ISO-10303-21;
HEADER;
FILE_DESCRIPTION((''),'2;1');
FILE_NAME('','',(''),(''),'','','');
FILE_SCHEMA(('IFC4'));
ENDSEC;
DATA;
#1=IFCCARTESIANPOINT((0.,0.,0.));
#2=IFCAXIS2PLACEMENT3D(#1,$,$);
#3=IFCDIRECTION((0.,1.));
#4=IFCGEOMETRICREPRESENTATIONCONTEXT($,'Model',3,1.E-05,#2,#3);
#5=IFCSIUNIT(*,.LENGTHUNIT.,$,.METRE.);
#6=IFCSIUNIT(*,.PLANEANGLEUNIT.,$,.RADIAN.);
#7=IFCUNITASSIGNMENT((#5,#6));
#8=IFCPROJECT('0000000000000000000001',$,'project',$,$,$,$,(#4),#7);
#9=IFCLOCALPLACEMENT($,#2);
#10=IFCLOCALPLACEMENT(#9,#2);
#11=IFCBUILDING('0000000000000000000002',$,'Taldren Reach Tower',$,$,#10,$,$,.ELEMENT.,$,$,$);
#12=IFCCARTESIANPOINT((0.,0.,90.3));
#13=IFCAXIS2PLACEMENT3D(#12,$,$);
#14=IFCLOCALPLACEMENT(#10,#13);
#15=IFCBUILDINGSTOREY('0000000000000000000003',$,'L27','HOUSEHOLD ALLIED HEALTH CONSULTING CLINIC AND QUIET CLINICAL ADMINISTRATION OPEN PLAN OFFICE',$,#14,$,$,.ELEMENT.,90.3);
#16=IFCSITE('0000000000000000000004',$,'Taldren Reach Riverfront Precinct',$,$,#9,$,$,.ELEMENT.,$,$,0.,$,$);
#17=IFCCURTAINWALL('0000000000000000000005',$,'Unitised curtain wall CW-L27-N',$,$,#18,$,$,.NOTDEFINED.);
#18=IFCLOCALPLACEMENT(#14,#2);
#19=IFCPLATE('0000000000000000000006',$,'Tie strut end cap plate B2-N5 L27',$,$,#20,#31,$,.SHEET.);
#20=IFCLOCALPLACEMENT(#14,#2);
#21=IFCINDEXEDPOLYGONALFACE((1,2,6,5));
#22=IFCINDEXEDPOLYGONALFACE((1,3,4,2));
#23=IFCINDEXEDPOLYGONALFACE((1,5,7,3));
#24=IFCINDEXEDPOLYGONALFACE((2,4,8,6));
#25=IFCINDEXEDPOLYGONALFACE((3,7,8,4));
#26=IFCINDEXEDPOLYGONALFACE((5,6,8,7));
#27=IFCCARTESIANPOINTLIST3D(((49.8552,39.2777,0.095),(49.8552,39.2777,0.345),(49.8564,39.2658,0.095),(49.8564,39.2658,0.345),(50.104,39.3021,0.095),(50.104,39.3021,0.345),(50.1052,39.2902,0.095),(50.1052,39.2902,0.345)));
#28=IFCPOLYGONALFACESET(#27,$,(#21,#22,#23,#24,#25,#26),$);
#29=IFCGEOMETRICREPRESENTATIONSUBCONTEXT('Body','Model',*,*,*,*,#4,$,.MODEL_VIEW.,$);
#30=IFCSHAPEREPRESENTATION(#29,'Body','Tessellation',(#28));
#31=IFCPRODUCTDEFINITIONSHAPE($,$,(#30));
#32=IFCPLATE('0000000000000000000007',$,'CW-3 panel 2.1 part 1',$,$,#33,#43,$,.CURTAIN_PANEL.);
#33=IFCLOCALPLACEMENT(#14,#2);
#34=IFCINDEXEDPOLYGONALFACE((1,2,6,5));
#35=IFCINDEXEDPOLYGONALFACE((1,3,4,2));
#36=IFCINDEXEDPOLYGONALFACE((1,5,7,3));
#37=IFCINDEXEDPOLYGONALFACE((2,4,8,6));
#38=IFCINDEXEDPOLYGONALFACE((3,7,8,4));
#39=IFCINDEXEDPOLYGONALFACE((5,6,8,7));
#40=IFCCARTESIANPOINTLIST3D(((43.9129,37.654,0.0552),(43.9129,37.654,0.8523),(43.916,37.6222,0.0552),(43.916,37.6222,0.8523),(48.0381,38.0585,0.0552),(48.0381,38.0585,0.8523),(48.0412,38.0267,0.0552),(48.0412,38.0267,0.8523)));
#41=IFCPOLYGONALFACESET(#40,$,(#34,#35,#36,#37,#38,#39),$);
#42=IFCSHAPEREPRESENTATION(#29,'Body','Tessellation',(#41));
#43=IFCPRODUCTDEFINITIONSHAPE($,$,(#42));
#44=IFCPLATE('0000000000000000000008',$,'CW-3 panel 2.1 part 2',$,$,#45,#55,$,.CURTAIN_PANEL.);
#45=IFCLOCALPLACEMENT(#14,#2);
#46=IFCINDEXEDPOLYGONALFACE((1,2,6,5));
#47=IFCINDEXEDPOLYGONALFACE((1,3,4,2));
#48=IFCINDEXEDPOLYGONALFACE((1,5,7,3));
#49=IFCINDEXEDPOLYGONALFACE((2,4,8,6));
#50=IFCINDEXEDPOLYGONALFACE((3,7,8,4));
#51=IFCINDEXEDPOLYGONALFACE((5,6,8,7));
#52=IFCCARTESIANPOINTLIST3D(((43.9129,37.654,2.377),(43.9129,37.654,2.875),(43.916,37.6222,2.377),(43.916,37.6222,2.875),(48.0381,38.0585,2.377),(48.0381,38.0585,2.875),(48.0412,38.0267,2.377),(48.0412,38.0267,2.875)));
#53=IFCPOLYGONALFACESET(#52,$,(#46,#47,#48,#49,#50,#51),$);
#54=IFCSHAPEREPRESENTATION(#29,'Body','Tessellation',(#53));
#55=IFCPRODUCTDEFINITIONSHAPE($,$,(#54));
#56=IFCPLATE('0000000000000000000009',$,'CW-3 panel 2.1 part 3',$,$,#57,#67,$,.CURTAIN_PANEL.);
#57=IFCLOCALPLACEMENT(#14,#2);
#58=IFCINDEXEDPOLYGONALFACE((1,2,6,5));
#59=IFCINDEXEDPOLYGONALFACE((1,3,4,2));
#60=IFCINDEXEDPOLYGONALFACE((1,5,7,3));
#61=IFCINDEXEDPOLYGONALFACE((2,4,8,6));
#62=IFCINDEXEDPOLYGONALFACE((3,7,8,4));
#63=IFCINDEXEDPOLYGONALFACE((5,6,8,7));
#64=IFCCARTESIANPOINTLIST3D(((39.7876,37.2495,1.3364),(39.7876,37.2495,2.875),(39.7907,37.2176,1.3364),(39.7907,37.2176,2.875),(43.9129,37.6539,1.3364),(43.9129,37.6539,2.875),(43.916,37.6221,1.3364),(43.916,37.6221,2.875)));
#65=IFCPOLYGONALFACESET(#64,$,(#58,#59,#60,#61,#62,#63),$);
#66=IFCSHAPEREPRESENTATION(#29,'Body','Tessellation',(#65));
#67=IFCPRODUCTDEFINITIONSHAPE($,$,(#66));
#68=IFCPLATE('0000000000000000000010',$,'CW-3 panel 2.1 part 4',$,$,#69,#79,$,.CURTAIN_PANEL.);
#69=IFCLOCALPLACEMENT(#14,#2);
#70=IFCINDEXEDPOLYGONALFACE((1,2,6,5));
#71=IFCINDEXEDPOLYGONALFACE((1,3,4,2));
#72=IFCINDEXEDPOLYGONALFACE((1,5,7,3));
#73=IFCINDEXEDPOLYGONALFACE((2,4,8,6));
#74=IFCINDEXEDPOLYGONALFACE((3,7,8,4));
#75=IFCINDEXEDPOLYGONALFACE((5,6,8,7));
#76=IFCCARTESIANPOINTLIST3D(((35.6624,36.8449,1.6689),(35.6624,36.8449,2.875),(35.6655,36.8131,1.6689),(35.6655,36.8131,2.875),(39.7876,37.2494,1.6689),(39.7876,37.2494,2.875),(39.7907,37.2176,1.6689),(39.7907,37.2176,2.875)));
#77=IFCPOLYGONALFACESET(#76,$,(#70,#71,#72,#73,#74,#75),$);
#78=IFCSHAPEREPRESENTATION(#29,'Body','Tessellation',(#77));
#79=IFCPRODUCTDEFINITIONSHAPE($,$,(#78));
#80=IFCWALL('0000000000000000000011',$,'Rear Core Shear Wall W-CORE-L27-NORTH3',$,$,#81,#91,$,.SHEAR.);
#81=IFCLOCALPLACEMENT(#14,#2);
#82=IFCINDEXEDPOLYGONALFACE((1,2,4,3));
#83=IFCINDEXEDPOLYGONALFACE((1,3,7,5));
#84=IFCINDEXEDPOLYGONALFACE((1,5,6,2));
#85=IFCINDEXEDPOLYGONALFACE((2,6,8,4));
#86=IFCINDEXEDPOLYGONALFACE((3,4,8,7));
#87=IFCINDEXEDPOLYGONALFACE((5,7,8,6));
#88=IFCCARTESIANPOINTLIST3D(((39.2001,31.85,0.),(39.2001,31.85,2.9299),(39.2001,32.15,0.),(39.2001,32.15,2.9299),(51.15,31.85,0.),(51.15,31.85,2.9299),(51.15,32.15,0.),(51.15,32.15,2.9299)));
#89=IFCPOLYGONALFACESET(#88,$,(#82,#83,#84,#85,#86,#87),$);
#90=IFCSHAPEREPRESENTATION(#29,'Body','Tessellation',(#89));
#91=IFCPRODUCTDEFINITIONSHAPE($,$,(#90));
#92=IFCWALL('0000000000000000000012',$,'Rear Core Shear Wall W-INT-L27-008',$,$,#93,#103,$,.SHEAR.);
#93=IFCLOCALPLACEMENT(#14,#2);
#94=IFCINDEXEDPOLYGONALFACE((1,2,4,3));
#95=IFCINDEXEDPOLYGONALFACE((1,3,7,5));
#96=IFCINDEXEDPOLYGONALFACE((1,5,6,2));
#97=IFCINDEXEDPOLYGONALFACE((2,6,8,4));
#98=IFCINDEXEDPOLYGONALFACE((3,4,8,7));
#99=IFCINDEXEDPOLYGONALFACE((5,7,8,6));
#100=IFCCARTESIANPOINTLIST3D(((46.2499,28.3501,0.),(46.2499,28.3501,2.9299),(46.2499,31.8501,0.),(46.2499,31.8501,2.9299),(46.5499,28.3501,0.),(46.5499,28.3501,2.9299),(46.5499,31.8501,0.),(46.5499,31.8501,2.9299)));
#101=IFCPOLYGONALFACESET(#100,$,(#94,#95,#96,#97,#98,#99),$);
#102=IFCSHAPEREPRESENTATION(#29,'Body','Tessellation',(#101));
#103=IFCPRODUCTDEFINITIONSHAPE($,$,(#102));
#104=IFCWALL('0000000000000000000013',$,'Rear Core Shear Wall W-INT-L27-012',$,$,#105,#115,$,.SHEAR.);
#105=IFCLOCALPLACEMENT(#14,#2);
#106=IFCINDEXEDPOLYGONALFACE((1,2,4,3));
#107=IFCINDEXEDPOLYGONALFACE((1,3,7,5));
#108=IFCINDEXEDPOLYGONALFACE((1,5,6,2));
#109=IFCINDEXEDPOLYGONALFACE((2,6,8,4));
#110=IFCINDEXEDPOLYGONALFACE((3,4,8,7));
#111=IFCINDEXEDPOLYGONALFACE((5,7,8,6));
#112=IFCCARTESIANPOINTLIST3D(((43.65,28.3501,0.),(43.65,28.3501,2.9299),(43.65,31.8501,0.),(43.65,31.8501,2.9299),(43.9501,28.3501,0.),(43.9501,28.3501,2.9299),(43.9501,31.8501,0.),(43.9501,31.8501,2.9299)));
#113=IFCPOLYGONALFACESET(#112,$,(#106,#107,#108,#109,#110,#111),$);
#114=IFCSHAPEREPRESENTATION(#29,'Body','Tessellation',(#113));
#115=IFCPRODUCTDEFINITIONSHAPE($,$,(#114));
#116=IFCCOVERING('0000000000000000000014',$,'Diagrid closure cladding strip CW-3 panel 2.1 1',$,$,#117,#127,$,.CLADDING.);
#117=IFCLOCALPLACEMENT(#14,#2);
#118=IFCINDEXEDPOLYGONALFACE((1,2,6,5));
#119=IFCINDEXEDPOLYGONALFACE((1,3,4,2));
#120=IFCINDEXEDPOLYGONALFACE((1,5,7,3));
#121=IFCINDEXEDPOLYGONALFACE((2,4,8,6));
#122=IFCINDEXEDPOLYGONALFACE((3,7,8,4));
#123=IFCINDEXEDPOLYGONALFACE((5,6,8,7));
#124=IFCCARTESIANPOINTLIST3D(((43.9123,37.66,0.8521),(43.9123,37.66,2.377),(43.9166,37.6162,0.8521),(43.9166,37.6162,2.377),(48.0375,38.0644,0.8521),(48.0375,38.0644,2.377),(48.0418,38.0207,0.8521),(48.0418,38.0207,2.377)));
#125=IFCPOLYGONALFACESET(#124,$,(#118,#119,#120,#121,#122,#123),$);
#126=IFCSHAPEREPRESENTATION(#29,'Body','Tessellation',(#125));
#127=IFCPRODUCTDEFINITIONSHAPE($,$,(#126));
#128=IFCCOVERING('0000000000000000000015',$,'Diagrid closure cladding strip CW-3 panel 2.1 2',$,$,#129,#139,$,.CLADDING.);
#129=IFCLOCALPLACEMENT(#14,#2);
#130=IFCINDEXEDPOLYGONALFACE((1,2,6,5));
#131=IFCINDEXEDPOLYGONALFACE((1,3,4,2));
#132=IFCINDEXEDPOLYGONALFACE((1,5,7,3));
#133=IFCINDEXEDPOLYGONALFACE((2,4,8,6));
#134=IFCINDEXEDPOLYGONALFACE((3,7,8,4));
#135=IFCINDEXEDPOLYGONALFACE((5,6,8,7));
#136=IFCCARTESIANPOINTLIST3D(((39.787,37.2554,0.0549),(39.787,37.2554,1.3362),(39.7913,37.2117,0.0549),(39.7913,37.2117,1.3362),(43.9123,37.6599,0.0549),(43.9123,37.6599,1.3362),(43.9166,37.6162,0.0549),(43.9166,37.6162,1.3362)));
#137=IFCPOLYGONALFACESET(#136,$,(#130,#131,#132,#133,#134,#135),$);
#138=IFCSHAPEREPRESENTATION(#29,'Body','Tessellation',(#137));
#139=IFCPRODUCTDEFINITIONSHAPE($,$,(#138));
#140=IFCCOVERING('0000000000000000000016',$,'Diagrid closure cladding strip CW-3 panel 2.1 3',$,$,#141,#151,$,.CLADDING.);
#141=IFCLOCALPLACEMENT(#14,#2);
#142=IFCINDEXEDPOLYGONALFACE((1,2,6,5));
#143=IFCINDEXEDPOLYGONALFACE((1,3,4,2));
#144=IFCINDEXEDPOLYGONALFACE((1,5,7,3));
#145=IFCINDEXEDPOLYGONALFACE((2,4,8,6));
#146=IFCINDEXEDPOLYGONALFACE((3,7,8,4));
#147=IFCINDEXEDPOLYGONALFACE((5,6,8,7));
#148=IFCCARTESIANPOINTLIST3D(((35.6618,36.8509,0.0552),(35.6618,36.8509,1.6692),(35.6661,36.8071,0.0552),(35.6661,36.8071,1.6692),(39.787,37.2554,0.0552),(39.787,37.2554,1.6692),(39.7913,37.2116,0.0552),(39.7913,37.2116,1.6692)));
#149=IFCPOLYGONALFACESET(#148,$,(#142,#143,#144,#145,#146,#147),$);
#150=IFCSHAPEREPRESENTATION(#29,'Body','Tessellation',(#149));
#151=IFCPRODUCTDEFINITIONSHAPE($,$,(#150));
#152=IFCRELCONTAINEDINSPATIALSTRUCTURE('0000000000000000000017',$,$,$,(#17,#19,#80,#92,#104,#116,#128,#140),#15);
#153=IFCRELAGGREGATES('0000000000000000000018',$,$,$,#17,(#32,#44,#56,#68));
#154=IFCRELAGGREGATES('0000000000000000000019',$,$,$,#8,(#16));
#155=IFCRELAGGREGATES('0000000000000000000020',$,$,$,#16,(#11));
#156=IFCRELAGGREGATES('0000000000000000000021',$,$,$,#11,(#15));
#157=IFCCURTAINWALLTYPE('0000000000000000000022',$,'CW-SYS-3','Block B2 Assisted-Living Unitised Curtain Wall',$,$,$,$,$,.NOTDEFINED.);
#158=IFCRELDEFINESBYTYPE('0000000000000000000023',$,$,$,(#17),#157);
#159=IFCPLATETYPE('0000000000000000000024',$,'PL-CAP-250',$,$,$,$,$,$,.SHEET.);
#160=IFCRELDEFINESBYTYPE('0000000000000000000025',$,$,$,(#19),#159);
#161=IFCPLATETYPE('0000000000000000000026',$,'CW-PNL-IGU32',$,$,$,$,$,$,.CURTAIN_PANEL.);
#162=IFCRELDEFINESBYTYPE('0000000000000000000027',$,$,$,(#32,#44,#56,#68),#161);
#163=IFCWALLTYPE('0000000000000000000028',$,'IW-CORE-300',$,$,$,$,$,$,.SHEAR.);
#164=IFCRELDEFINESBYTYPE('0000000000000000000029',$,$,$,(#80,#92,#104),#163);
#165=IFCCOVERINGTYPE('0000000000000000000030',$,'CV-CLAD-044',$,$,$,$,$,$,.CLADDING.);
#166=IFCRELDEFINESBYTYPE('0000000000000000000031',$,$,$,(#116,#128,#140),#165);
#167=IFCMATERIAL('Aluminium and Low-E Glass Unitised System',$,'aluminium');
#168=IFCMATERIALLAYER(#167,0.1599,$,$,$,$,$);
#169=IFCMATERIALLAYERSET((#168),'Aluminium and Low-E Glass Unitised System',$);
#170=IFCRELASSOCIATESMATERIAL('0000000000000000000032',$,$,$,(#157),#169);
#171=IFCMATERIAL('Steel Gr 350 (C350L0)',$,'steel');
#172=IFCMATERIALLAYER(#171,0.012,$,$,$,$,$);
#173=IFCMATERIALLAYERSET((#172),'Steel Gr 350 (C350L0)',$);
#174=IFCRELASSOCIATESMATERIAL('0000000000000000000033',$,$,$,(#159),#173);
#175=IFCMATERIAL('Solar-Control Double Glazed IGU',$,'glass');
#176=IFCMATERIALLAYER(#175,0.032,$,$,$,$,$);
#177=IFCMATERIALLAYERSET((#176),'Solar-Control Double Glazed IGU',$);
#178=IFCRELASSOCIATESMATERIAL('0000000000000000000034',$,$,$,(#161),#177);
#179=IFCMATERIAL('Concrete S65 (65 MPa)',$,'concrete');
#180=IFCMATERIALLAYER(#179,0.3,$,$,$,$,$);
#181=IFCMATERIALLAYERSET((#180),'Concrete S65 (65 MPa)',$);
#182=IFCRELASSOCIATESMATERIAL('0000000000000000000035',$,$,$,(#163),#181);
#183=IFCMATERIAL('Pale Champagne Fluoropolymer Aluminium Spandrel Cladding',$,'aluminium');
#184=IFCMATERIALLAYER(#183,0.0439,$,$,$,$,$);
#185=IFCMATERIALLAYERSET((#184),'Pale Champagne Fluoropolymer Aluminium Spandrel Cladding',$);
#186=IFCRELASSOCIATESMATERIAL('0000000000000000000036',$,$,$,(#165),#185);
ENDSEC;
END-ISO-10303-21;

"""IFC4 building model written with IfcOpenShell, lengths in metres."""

from ifc_helpers import new_model, si_unit, direction, frame, frame_2d, origin, origin_2d, place, context, subcontext, project, spatial, rectangle, extrude, source, transform, mapped, material, layer, layer_set, type_object, element, aggregate, save


model = new_model("IFC4")

# Units and contexts
model_context = context("Model", 3, precision=1e-05, world=origin(), true_north=direction((0.0, 1.0)))
body_context = subcontext(model_context, "Body", "Model", "MODEL_VIEW")
ifc_project = project(units=[si_unit("LENGTHUNIT", "METRE"), si_unit("PLANEANGLEUNIT", "RADIAN")], contexts=[model_context])

# Site, building, storey
site_placement = place(None, origin())
site = spatial("IfcSite", under=ifc_project, at=site_placement, Name="Taldren Reach Riverfront Precinct", CompositionType="ELEMENT", RefElevation=0.0)
building_placement = place(site_placement, origin())
building = spatial("IfcBuilding", under=site, at=building_placement, Name="Taldren Reach Tower", CompositionType="ELEMENT")
storey_placement = place(building_placement, frame((0.0, 0.0, 90.3)))
storey = spatial("IfcBuildingStorey", under=building, at=storey_placement, Name="L27", Description="HOUSEHOLD ALLIED HEALTH CONSULTING CLINIC AND QUIET CLINICAL ADMINISTRATION OPEN PLAN OFFICE", CompositionType="ELEMENT", Elevation=90.3)

# Shared definitions
ifc_material_1 = material(Name="Concrete S65 (65 MPa)", Category="concrete")

# Shared definitions
ifc_material_2 = material(Name="Steel Gr 350 (C350L0)", Category="steel")

# Curtain wall
ifc_material_3 = material(Name="Aluminium and Low-E Glass Unitised System", Category="aluminium")
ifc_layer_1 = layer(ifc_material_3, 0.1599)
ifc_layer_set_1 = layer_set([ifc_layer_1], Name="Aluminium and Low-E Glass Unitised System")
curtain_wall_type = type_object("IfcCurtainWallType", Name="CW-SYS-3", Description="Block B2 Assisted-Living Unitised Curtain Wall", PredefinedType="NOTDEFINED", material=ifc_layer_set_1)
curtain_wall_placement = place(storey_placement, origin())
curtain_wall = element("IfcCurtainWall", 1, at=curtain_wall_placement, inside=storey, type_object=curtain_wall_type, Name="Unitised curtain wall CW-L27-N", PredefinedType="NOTDEFINED")

# Plate
ifc_layer_2 = layer(ifc_material_2, 0.012)
ifc_layer_set_2 = layer_set([ifc_layer_2], Name="Steel Gr 350 (C350L0)")
plate_type_1 = type_object("IfcPlateType", Name="PL-CAP-250", PredefinedType="SHEET", material=ifc_layer_set_2)
shared_shape_1 = source(origin(), body_context, "Body", "SweptSolid", [
    extrude(rectangle(XDim=0.25, YDim=0.012, at=origin_2d()), origin(), (0.0, 0.0, 1.0), 0.25),
])
plate_1_placement = place(storey_placement, frame((49.9802, 39.2839, 0.095), z_axis=(0.0, 0.0, 1.0), x_axis=(0.995227, 0.097583, 0.0)))
element("IfcPlate", 2, at=plate_1_placement, inside=storey, type_object=plate_type_1, Name="Tie strut end cap plate B2-N5 L27", PredefinedType="SHEET", context=body_context, shape_type="MappedRepresentation", body=[
    mapped(shared_shape_1, transform((0.0, 0.0, 0.0), scale=1.0)),
])

# Plates
ifc_material_4 = material(Name="Solar-Control Double Glazed IGU", Category="glass")
ifc_layer_3 = layer(ifc_material_4, 0.032)
ifc_layer_set_3 = layer_set([ifc_layer_3], Name="Solar-Control Double Glazed IGU")
plate_type_2 = type_object("IfcPlateType", Name="CW-PNL-IGU32", PredefinedType="CURTAIN_PANEL", material=ifc_layer_set_3)
shared_shape_2 = source(origin(), body_context, "Body", "SweptSolid", [
    extrude(rectangle(XDim=4.145, YDim=0.032, at=origin_2d()), origin(), (0.0, 0.0, 1.0), 0.7971),
])
plate_2_placement = place(storey_placement, frame((45.9771, 37.8403, 0.0552), z_axis=(0.0, 0.0, 1.0), x_axis=(-0.995227, -0.097583, 0.0)))
plate_2 = element("IfcPlate", 3, at=plate_2_placement, type_object=plate_type_2, Name="CW-3 panel 2.1 part 1", PredefinedType="CURTAIN_PANEL", context=body_context, shape_type="MappedRepresentation", body=[
    mapped(shared_shape_2, transform((0.0, 0.0, 0.0), scale=1.0)),
])
shared_shape_3 = source(origin(), body_context, "Body", "SweptSolid", [
    extrude(rectangle(XDim=4.145, YDim=0.032, at=origin_2d()), origin(), (0.0, 0.0, 1.0), 0.498),
])
plate_3_placement = place(storey_placement, frame((45.9771, 37.8403, 2.377), z_axis=(0.0, 0.0, 1.0), x_axis=(-0.995227, -0.097583, 0.0)))
plate_3 = element("IfcPlate", 4, at=plate_3_placement, type_object=plate_type_2, Name="CW-3 panel 2.1 part 2", PredefinedType="CURTAIN_PANEL", context=body_context, shape_type="MappedRepresentation", body=[
    mapped(shared_shape_3, transform((0.0, 0.0, 0.0), scale=1.0)),
])
shared_shape_4 = source(origin(), body_context, "Body", "SweptSolid", [
    extrude(rectangle(XDim=4.145, YDim=0.032, at=origin_2d()), origin(), (0.0, 0.0, 1.0), 1.5386),
])
plate_4_placement = place(storey_placement, frame((41.8518, 37.4358, 1.3364), z_axis=(0.0, 0.0, 1.0), x_axis=(-0.995227, -0.097583, 0.0)))
plate_4 = element("IfcPlate", 5, at=plate_4_placement, type_object=plate_type_2, Name="CW-3 panel 2.1 part 3", PredefinedType="CURTAIN_PANEL", context=body_context, shape_type="MappedRepresentation", body=[
    mapped(shared_shape_4, transform((0.0, 0.0, 0.0), scale=1.0)),
])
shared_shape_5 = source(origin(), body_context, "Body", "SweptSolid", [
    extrude(rectangle(XDim=4.145, YDim=0.032, at=origin_2d()), origin(), (0.0, 0.0, 1.0), 1.2061),
])
plate_5_placement = place(storey_placement, frame((37.7266, 37.0312, 1.6689), z_axis=(0.0, 0.0, 1.0), x_axis=(-0.995227, -0.097583, 0.0)))
plate_5 = element("IfcPlate", 6, at=plate_5_placement, type_object=plate_type_2, Name="CW-3 panel 2.1 part 4", PredefinedType="CURTAIN_PANEL", context=body_context, shape_type="MappedRepresentation", body=[
    mapped(shared_shape_5, transform((0.0, 0.0, 0.0), scale=1.0)),
])
aggregate(curtain_wall, [plate_2, plate_3, plate_4, plate_5])

# Walls
ifc_layer_4 = layer(ifc_material_1, 0.3)
ifc_layer_set_4 = layer_set([ifc_layer_4], Name="Concrete S65 (65 MPa)")
wall_type = type_object("IfcWallType", Name="IW-CORE-300", PredefinedType="SHEAR", material=ifc_layer_set_4)
shared_shape_6 = source(origin(), body_context, "Body", "SweptSolid", [
    extrude(rectangle(XDim=11.95, YDim=0.3, at=frame_2d((5.9751, 0.0))), origin(), (0.0, 0.0, 1.0), 2.9299),
])
wall_placement = place(storey_placement, frame((39.2, 32.0, 0.0), z_axis=(0.0, 0.0, 1.0), x_axis=(1.0, 0.0, 0.0)))
element("IfcWall", 7, at=wall_placement, inside=storey, type_object=wall_type, Name="Rear Core Shear Wall W-CORE-L27-NORTH3", PredefinedType="SHEAR", context=body_context, shape_type="MappedRepresentation", body=[
    mapped(shared_shape_6, transform((0.0, 0.0, 0.0), scale=1.0)),
])
shared_shape_7 = source(origin(), body_context, "Body", "SweptSolid", [
    extrude(rectangle(XDim=3.5, YDim=0.3, at=frame_2d((1.75, 0.0))), origin(), (0.0, 0.0, 1.0), 2.9299),
])
for number, where, z_axis, x_axis, name in (
    (8, (46.3999, 31.8501, 0.0), (0.0, 0.0, 1.0), (0.0, -1.0, 0.0), "Rear Core Shear Wall W-INT-L27-008"),
    (9, (43.8, 31.8501, 0.0), (0.0, 0.0, 1.0), (0.0, -1.0, 0.0), "Rear Core Shear Wall W-INT-L27-012"),
):
    element("IfcWall", number, at=place(storey_placement, frame(where, z_axis=z_axis, x_axis=x_axis)), inside=storey, type_object=wall_type, Name=name, PredefinedType="SHEAR", context=body_context, shape_type="MappedRepresentation", body=[
        mapped(shared_shape_7, transform((0.0, 0.0, 0.0), scale=1.0)),
    ])

# Coverings
ifc_material_5 = material(Name="Pale Champagne Fluoropolymer Aluminium Spandrel Cladding", Category="aluminium")
ifc_layer_5 = layer(ifc_material_5, 0.0439)
ifc_layer_set_5 = layer_set([ifc_layer_5], Name="Pale Champagne Fluoropolymer Aluminium Spandrel Cladding")
covering_type = type_object("IfcCoveringType", Name="CV-CLAD-044", PredefinedType="CLADDING", material=ifc_layer_set_5)
shared_shape_8 = source(origin(), body_context, "Body", "SweptSolid", [
    extrude(rectangle(XDim=4.145, YDim=0.0439, at=origin_2d()), origin(), (0.0, 0.0, 1.0), 1.5249),
])
covering_1_placement = place(storey_placement, frame((45.9771, 37.8403, 0.8521), z_axis=(0.0, 0.0, 1.0), x_axis=(-0.995227, -0.097583, 0.0)))
element("IfcCovering", 10, at=covering_1_placement, inside=storey, type_object=covering_type, Name="Diagrid closure cladding strip CW-3 panel 2.1 1", PredefinedType="CLADDING", context=body_context, shape_type="MappedRepresentation", body=[
    mapped(shared_shape_8, transform((0.0, 0.0, 0.0), scale=1.0)),
])
shared_shape_9 = source(origin(), body_context, "Body", "SweptSolid", [
    extrude(rectangle(XDim=4.145, YDim=0.0439, at=origin_2d()), origin(), (0.0, 0.0, 1.0), 1.2812),
])
covering_2_placement = place(storey_placement, frame((41.8518, 37.4358, 0.0549), z_axis=(0.0, 0.0, 1.0), x_axis=(-0.995227, -0.097583, 0.0)))
element("IfcCovering", 11, at=covering_2_placement, inside=storey, type_object=covering_type, Name="Diagrid closure cladding strip CW-3 panel 2.1 2", PredefinedType="CLADDING", context=body_context, shape_type="MappedRepresentation", body=[
    mapped(shared_shape_9, transform((0.0, 0.0, 0.0), scale=1.0)),
])
shared_shape_10 = source(origin(), body_context, "Body", "SweptSolid", [
    extrude(rectangle(XDim=4.145, YDim=0.0439, at=origin_2d()), origin(), (0.0, 0.0, 1.0), 1.614),
])
covering_3_placement = place(storey_placement, frame((37.7266, 37.0312, 0.0552), z_axis=(0.0, 0.0, 1.0), x_axis=(-0.995227, -0.097583, 0.0)))
element("IfcCovering", 12, at=covering_3_placement, inside=storey, type_object=covering_type, Name="Diagrid closure cladding strip CW-3 panel 2.1 3", PredefinedType="CLADDING", context=body_context, shape_type="MappedRepresentation", body=[
    mapped(shared_shape_10, transform((0.0, 0.0, 0.0), scale=1.0)),
])

save(model, "model.ifc")
